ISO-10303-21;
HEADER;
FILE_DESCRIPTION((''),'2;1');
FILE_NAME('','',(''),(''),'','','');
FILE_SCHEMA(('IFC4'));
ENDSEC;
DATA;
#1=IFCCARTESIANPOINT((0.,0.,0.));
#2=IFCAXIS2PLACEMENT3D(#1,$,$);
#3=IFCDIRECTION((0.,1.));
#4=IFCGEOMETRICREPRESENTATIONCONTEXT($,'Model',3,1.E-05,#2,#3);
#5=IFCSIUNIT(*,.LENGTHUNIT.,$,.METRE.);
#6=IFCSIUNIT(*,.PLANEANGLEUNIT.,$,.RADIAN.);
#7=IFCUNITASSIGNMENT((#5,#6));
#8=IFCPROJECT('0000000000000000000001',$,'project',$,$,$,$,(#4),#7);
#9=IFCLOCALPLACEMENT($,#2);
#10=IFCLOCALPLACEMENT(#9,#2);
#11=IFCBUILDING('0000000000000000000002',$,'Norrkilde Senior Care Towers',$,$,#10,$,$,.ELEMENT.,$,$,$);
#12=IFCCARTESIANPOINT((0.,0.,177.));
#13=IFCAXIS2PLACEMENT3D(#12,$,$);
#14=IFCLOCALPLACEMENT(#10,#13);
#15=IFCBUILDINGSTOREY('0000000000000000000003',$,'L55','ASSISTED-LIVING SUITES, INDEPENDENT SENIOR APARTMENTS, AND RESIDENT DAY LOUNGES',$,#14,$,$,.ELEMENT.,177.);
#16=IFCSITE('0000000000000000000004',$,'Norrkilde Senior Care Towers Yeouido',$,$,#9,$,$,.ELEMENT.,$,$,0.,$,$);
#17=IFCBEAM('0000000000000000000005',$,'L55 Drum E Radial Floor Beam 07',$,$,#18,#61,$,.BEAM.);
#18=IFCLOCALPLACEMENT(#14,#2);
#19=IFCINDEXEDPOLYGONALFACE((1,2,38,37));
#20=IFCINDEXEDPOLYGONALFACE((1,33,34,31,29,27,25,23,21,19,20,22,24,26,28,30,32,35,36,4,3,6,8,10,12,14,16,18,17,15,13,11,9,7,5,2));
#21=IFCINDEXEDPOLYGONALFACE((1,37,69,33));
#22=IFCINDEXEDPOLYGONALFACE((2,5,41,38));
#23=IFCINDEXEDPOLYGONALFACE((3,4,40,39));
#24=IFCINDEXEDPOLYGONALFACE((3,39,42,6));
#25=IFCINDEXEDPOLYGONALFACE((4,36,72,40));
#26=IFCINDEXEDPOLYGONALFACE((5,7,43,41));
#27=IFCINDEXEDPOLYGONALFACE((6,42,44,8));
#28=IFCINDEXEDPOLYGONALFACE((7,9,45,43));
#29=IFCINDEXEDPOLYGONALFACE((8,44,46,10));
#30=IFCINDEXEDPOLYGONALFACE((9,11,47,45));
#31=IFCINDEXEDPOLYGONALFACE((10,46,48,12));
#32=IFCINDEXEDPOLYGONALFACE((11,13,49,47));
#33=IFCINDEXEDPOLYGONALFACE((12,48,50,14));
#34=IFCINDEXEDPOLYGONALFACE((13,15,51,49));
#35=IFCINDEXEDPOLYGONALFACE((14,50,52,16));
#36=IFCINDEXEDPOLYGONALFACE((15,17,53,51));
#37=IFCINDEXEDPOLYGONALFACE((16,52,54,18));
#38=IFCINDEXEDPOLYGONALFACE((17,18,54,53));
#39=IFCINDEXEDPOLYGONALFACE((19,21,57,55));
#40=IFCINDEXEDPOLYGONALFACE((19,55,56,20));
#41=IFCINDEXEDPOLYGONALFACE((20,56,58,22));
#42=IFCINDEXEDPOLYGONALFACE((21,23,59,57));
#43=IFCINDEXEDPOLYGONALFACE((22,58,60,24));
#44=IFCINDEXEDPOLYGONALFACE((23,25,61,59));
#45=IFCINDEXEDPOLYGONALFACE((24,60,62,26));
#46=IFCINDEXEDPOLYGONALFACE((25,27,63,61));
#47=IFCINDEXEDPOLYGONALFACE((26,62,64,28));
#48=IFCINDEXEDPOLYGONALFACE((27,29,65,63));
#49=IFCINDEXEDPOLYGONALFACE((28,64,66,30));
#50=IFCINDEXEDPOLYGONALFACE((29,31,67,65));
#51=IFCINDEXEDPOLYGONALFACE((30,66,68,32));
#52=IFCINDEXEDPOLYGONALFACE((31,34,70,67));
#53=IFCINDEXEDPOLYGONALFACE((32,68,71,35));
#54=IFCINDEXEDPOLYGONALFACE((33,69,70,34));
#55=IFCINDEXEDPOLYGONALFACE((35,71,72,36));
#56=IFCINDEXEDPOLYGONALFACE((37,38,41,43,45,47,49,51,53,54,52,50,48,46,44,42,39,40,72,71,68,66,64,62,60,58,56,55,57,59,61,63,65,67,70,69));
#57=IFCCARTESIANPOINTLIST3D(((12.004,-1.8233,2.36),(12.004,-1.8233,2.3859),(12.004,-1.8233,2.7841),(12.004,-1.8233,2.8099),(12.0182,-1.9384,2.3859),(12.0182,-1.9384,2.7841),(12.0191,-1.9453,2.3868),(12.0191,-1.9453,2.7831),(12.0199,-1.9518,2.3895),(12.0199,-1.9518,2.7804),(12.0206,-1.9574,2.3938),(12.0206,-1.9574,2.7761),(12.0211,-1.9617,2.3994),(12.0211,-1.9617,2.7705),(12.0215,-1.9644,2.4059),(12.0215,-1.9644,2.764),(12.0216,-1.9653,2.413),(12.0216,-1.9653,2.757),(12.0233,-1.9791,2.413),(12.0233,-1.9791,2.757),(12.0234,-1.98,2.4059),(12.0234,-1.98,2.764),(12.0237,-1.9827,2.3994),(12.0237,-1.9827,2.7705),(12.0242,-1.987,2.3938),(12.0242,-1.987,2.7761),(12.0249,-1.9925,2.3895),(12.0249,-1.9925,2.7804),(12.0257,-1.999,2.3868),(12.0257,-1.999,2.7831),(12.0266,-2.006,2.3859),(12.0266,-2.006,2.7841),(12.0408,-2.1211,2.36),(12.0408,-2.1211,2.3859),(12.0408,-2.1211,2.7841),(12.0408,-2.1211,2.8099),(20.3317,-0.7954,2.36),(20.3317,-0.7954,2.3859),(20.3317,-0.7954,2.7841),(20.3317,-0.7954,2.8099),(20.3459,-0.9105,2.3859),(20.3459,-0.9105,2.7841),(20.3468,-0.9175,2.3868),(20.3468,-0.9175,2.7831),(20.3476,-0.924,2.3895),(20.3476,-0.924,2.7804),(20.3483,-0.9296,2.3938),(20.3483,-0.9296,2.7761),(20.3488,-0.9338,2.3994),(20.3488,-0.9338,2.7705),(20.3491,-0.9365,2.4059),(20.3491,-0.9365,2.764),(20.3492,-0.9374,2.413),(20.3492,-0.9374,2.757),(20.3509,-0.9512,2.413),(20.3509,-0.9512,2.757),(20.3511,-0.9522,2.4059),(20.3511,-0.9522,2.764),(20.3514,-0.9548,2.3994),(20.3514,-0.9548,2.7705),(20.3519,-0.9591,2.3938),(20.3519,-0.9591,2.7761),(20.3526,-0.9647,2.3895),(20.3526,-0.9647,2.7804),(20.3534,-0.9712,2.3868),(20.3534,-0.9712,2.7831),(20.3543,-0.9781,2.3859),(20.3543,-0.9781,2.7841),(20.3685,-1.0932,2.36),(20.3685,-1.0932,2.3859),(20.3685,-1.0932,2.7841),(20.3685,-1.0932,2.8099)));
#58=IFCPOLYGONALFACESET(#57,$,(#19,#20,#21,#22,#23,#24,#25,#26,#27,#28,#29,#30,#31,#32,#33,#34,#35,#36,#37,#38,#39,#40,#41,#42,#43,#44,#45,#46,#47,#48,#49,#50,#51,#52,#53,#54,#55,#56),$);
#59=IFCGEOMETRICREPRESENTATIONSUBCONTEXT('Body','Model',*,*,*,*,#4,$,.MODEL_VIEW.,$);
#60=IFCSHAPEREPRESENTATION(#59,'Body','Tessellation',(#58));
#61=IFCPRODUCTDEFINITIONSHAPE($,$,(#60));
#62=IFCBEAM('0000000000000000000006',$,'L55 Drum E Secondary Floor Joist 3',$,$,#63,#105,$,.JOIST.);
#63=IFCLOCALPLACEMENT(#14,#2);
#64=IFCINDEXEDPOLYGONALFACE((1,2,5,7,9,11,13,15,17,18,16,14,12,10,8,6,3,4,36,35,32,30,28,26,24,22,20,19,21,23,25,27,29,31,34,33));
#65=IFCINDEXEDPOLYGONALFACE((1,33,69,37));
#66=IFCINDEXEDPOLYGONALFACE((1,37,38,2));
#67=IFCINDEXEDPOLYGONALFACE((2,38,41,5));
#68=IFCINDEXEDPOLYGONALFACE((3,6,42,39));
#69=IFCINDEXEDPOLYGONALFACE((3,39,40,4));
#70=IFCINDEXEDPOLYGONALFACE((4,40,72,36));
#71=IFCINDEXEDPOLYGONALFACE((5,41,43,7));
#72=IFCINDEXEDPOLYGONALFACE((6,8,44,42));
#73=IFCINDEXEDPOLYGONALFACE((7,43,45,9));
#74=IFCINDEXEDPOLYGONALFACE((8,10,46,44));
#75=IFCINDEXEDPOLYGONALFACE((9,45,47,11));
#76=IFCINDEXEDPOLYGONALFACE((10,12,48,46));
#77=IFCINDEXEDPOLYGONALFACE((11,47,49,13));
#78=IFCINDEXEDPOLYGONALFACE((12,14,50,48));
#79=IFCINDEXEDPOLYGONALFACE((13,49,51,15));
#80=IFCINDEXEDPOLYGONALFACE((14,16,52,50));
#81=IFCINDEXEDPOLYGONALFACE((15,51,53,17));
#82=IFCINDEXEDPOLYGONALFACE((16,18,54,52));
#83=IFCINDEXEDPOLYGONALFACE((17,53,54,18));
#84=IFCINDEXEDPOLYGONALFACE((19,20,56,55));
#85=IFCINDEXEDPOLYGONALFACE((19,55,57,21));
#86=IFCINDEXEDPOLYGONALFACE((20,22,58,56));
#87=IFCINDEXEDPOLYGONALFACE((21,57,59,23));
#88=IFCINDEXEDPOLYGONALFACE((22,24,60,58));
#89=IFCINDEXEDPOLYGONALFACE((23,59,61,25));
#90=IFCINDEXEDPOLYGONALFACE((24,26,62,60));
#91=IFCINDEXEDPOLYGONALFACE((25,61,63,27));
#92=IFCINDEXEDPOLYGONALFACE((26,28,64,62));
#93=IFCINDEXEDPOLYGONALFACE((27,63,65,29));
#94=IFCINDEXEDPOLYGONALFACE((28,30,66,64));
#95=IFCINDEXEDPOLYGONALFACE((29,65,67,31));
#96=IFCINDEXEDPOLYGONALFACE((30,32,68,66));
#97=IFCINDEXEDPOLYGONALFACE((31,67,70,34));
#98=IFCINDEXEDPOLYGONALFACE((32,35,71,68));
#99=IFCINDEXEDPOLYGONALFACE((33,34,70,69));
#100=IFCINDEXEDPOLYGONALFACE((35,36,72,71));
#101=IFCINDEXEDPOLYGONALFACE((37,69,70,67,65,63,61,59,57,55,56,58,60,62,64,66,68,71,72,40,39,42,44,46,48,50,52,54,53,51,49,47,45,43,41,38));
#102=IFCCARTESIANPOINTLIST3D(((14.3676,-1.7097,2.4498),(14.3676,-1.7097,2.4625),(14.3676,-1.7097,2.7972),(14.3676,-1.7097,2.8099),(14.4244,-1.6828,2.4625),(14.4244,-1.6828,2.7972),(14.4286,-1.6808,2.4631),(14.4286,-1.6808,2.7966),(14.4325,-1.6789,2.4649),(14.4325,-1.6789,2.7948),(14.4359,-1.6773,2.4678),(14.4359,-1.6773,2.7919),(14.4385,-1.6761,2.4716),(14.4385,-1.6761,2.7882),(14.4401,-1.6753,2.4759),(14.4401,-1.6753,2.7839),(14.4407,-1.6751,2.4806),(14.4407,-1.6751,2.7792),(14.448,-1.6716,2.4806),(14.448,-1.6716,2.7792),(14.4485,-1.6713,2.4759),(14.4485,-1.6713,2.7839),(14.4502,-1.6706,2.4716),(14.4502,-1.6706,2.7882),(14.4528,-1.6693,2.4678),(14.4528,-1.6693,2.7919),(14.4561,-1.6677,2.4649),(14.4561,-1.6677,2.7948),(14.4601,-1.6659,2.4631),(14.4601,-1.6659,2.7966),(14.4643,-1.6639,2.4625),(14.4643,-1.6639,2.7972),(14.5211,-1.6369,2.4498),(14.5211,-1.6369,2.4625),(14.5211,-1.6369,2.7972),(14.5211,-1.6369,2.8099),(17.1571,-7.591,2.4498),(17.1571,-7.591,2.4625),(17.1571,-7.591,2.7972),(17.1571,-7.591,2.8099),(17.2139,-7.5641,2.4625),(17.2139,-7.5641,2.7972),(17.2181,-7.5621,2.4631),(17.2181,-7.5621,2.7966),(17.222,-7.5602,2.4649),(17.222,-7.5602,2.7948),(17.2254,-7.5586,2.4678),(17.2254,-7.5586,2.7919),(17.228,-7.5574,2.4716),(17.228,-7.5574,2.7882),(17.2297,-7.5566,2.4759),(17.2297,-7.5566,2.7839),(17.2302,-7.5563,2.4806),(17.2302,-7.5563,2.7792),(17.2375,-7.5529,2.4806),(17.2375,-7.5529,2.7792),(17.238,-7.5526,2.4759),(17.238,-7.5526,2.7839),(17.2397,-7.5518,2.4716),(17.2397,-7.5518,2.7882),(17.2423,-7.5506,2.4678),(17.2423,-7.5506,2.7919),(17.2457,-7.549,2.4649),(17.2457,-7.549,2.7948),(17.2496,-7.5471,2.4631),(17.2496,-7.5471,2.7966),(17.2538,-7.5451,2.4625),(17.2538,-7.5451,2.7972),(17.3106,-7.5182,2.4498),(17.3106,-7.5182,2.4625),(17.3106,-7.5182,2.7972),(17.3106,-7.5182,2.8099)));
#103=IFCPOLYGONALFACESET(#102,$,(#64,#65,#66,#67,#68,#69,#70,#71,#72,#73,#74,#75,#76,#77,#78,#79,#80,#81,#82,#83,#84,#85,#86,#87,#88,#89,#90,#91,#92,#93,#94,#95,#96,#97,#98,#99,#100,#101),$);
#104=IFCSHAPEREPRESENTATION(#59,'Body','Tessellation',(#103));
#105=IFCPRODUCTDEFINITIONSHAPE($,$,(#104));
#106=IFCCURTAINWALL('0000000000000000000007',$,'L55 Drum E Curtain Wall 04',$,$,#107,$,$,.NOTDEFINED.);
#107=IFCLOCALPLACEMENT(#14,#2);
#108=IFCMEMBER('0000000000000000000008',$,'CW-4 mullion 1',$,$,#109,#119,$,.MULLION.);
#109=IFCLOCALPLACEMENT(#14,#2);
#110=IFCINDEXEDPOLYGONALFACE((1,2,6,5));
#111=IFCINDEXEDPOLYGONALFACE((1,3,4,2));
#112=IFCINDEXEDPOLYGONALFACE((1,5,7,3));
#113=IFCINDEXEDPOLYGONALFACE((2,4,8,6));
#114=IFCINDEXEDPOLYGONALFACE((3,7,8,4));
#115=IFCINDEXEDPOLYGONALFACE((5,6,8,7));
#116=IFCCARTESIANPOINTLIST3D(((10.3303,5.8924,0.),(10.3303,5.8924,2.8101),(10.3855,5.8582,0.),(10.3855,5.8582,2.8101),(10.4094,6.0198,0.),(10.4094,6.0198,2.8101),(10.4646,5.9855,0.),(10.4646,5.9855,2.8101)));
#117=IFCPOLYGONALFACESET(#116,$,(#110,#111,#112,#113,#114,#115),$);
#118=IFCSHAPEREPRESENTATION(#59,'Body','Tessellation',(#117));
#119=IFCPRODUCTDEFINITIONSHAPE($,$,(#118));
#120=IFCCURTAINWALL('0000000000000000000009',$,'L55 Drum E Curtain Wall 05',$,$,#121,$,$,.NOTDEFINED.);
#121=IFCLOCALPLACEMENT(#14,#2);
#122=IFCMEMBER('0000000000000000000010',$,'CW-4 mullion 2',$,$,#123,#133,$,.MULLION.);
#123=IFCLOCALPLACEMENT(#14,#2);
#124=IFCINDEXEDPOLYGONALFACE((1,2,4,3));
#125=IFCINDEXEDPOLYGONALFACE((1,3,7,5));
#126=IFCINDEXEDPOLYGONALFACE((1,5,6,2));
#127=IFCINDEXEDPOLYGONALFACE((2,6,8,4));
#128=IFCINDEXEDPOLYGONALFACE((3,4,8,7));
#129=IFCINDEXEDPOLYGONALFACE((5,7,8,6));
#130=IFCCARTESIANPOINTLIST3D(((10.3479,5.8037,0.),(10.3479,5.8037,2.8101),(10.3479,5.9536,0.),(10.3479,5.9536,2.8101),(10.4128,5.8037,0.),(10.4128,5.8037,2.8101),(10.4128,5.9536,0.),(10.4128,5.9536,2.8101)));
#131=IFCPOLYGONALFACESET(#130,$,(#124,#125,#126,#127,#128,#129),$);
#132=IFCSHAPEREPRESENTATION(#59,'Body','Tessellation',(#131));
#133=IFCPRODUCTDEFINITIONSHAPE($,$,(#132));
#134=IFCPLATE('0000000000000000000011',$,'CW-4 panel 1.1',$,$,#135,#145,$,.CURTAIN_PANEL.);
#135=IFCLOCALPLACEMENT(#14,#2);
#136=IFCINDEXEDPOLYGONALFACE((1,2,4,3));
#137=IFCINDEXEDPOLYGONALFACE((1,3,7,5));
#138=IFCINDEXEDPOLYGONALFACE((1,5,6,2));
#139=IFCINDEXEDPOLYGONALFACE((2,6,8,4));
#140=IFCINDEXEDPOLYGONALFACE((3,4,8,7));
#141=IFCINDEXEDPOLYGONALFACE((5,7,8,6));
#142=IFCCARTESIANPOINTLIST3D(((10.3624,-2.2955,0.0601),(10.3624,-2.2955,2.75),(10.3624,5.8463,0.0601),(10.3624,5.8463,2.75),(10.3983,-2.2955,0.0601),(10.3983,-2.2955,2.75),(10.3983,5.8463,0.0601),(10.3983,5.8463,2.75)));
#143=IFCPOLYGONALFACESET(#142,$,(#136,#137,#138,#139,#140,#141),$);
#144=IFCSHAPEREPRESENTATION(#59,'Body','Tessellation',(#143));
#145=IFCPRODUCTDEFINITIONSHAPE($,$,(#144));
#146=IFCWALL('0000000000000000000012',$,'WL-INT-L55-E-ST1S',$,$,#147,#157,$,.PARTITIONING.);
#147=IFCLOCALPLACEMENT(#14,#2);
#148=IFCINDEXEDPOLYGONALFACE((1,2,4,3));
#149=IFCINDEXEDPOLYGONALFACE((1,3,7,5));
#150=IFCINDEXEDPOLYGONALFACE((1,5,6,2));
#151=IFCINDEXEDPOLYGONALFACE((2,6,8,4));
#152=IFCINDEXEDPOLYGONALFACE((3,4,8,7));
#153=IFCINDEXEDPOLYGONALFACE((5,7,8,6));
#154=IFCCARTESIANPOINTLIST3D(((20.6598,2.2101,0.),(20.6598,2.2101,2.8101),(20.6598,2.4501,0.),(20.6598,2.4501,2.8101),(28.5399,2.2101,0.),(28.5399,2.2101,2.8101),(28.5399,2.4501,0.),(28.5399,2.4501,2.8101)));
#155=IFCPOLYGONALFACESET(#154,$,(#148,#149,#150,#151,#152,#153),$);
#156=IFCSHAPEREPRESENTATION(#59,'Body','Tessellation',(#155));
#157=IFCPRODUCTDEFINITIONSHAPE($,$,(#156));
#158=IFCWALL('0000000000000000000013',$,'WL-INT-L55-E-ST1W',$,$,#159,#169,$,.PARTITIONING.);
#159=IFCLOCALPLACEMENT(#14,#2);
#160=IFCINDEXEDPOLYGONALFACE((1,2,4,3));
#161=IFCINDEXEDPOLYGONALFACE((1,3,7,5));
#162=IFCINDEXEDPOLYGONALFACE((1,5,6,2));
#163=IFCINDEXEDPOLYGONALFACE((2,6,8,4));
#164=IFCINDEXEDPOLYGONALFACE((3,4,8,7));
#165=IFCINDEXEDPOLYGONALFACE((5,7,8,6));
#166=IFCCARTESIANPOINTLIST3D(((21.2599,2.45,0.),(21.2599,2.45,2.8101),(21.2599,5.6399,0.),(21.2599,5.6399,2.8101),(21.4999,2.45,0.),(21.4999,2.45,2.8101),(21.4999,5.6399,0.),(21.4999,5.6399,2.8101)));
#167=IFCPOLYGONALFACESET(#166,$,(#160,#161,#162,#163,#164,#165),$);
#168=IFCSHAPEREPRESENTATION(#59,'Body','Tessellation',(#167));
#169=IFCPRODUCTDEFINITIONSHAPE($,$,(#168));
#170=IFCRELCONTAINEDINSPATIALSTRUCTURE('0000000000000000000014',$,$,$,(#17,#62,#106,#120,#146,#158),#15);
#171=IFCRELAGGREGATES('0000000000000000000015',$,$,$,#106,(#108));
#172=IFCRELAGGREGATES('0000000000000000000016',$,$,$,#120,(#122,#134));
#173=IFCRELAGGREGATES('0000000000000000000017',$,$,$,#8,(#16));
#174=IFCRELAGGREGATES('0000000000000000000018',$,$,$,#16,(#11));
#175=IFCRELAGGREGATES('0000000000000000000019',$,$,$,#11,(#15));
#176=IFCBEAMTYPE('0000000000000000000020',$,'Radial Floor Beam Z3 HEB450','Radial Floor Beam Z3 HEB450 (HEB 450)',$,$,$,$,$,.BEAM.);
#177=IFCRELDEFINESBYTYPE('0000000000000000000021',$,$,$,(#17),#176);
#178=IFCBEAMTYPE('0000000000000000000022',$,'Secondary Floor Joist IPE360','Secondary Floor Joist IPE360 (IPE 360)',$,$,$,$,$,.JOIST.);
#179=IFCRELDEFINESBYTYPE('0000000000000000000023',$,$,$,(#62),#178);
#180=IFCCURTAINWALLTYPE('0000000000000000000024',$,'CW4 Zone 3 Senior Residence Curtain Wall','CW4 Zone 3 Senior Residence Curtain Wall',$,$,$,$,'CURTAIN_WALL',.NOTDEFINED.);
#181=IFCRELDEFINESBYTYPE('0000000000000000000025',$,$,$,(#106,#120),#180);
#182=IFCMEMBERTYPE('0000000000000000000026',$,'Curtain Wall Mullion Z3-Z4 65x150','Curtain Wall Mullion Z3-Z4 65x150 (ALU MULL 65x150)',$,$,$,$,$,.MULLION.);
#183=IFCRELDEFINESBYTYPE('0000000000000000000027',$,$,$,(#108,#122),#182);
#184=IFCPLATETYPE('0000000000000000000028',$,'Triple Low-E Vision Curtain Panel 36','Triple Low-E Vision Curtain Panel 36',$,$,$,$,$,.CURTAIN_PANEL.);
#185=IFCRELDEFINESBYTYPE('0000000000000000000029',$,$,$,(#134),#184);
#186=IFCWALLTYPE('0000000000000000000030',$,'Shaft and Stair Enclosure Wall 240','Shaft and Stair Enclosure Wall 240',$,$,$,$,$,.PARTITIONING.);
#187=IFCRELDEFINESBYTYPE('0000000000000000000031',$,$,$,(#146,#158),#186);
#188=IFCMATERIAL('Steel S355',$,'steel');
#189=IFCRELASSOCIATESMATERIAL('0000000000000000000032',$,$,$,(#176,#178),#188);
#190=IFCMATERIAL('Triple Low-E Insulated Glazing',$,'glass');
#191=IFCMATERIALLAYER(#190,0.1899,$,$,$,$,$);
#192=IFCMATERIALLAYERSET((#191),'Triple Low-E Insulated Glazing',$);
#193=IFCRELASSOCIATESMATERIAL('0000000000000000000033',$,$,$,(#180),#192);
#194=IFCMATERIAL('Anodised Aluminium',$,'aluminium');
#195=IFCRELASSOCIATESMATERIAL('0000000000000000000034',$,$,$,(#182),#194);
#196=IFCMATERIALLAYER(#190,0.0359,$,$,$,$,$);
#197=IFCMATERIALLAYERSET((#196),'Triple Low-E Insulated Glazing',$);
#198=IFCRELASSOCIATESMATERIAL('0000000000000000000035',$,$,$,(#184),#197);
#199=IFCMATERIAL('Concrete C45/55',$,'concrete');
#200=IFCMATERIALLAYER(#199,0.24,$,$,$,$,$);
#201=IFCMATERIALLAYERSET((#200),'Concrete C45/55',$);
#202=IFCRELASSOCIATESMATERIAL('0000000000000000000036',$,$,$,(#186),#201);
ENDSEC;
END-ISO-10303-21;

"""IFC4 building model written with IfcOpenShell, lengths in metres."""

from ifc_helpers import new_model, si_unit, direction, frame, frame_2d, origin, origin_2d, place, context, subcontext, project, spatial, rectangle, i_section, extrude, source, transform, mapped, material, layer, layer_set, material_profile, profile_set, type_object, type_shapes, element, aggregate, save


model = new_model("IFC4")

# Units and contexts
model_context = context("Model", 3, precision=1e-05, world=origin(), true_north=direction((0.0, 1.0)))
body_context = subcontext(model_context, "Body", "Model", "MODEL_VIEW")
ifc_project = project(units=[si_unit("LENGTHUNIT", "METRE"), si_unit("PLANEANGLEUNIT", "RADIAN")], contexts=[model_context])

# Site, building, storey
site_placement = place(None, origin())
site = spatial("IfcSite", under=ifc_project, at=site_placement, Name="Norrkilde Senior Care Towers Yeouido", CompositionType="ELEMENT", RefElevation=0.0)
building_placement = place(site_placement, origin())
building = spatial("IfcBuilding", under=site, at=building_placement, Name="Norrkilde Senior Care Towers", CompositionType="ELEMENT")
storey_placement = place(building_placement, frame((0.0, 0.0, 177.0)))
storey = spatial("IfcBuildingStorey", under=building, at=storey_placement, Name="L55", Description="ASSISTED-LIVING SUITES, INDEPENDENT SENIOR APARTMENTS, AND RESIDENT DAY LOUNGES", CompositionType="ELEMENT", Elevation=177.0)

# Beams
ifc_material_1 = material(Name="Steel S355", Category="steel")
ifc_material_profile_1 = material_profile(ifc_material_1, i_section(OverallWidth=0.3, OverallDepth=0.45, WebThickness=0.0139, FlangeThickness=0.0259, FilletRadius=0.0271, at=origin_2d()), Name="HEB 450")
ifc_profile_set_1 = profile_set([ifc_material_profile_1], Name="Steel S355")
beam_type_1 = type_object("IfcBeamType", Name="Radial Floor Beam Z3 HEB450", Description="Radial Floor Beam Z3 HEB450 (HEB 450)", PredefinedType="BEAM", material=ifc_profile_set_1)
shared_shape_1 = source(origin(), body_context, "Body", "SweptSolid", [
    extrude(i_section(OverallWidth=0.3, OverallDepth=0.45, WebThickness=0.0139, FlangeThickness=0.0259, FilletRadius=0.0271, at=origin_2d()), origin(), (0.0, 0.0, 1.0), 8.3909),
])
beam_1_placement = place(storey_placement, frame((20.3501, -0.9443, 2.585), z_axis=(-0.992469, -0.122495, 0.0), x_axis=(0.122495, -0.992469, 0.0)))
element("IfcBeam", 1, at=beam_1_placement, inside=storey, type_object=beam_type_1, Name="L55 Drum E Radial Floor Beam 07", PredefinedType="BEAM", context=body_context, shape_type="MappedRepresentation", body=[
    mapped(shared_shape_1, transform((0.0, 0.0, 0.0), x_axis=(1.0, 0.0, 0.0), y_axis=(0.0, 1.0, 0.0), z_axis=(0.0, 0.0, 1.0), scale=1.0)),
])
ifc_material_profile_2 = material_profile(ifc_material_1, i_section(OverallWidth=0.1699, OverallDepth=0.3601, WebThickness=0.0081, FlangeThickness=0.0127, FilletRadius=0.0181, at=origin_2d()), Name="IPE 360")
ifc_profile_set_2 = profile_set([ifc_material_profile_2], Name="Steel S355")
beam_type_2 = type_object("IfcBeamType", Name="Secondary Floor Joist IPE360", Description="Secondary Floor Joist IPE360 (IPE 360)", PredefinedType="JOIST", material=ifc_profile_set_2)
shared_shape_2 = source(origin(), body_context, "Body", "SweptSolid", [
    extrude(i_section(OverallWidth=0.1699, OverallDepth=0.3601, WebThickness=0.0081, FlangeThickness=0.0127, FilletRadius=0.0181, at=origin_2d()), origin(), (0.0, 0.0, 1.0), 6.5093),
])
type_shapes(beam_type_2, [shared_shape_2])
beam_2_placement = place(storey_placement, frame((14.4443, -1.6733, 2.6299), z_axis=(0.428544, -0.903521, 0.0), x_axis=(0.903521, 0.428544, 0.0)))
element("IfcBeam", 2, at=beam_2_placement, inside=storey, type_object=beam_type_2, Name="L55 Drum E Secondary Floor Joist 3", PredefinedType="JOIST", context=body_context, shape_type="MappedRepresentation", body=[
    mapped(shared_shape_2, transform((0.0, 0.0, 0.0), x_axis=(1.0, 0.0, 0.0), y_axis=(0.0, 1.0, 0.0), z_axis=(0.0, 0.0, 1.0), scale=1.0)),
])

# Curtain wall, member
ifc_material_2 = material(Name="Triple Low-E Insulated Glazing", Category="glass")
ifc_layer_1 = layer(ifc_material_2, 0.1899)
ifc_layer_set_1 = layer_set([ifc_layer_1], Name="Triple Low-E Insulated Glazing")
curtain_wall_type = type_object("IfcCurtainWallType", Name="CW4 Zone 3 Senior Residence Curtain Wall", Description="CW4 Zone 3 Senior Residence Curtain Wall", ElementType="CURTAIN_WALL", PredefinedType="NOTDEFINED", material=ifc_layer_set_1)
curtain_wall_1_placement = place(storey_placement, origin())
curtain_wall_1 = element("IfcCurtainWall", 3, at=curtain_wall_1_placement, inside=storey, type_object=curtain_wall_type, Name="L55 Drum E Curtain Wall 04", PredefinedType="NOTDEFINED")
ifc_material_3 = material(Name="Anodised Aluminium", Category="aluminium")
ifc_material_profile_3 = material_profile(ifc_material_3, rectangle(XDim=0.0649, YDim=0.1499, at=origin_2d()), Name="ALU MULL 65x150")
ifc_profile_set_3 = profile_set([ifc_material_profile_3], Name="Anodised Aluminium")
member_type = type_object("IfcMemberType", Name="Curtain Wall Mullion Z3-Z4 65x150", Description="Curtain Wall Mullion Z3-Z4 65x150 (ALU MULL 65x150)", PredefinedType="MULLION", material=ifc_profile_set_3)
shared_shape_3 = source(origin(), body_context, "Body", "SweptSolid", [
    extrude(rectangle(XDim=0.0649, YDim=0.1499, at=origin_2d()), origin(), (0.0, 0.0, 1.0), 2.8101),
])
type_shapes(member_type, [shared_shape_3])
member_1_placement = place(storey_placement, frame((10.3975, 5.939, 0.0), z_axis=(0.0, 0.0, 1.0), x_axis=(-0.849634, 0.527373, 0.0)))
member_1 = element("IfcMember", 4, at=member_1_placement, type_object=member_type, Name="CW-4 mullion 1", PredefinedType="MULLION", context=body_context, shape_type="MappedRepresentation", body=[
    mapped(shared_shape_3, transform((0.0, 0.0, 0.0), x_axis=(1.0, 0.0, 0.0), y_axis=(0.0, 1.0, 0.0), z_axis=(0.0, 0.0, 1.0), scale=1.0)),
])
aggregate(curtain_wall_1, [member_1])

# Curtain wall, member, plate
curtain_wall_2_placement = place(storey_placement, origin())
curtain_wall_2 = element("IfcCurtainWall", 5, at=curtain_wall_2_placement, inside=storey, type_object=curtain_wall_type, Name="L55 Drum E Curtain Wall 05", PredefinedType="NOTDEFINED")
member_2_placement = place(storey_placement, frame((10.3804, 5.8787, 0.0), z_axis=(0.0, 0.0, 1.0), x_axis=(-1.0, 0.0, 0.0)))
member_2 = element("IfcMember", 6, at=member_2_placement, type_object=member_type, Name="CW-4 mullion 2", PredefinedType="MULLION", context=body_context, shape_type="MappedRepresentation", body=[
    mapped(shared_shape_3, transform((0.0, 0.0, 0.0), x_axis=(1.0, 0.0, 0.0), y_axis=(0.0, 1.0, 0.0), z_axis=(0.0, 0.0, 1.0), scale=1.0)),
])
ifc_layer_2 = layer(ifc_material_2, 0.0359)
ifc_layer_set_2 = layer_set([ifc_layer_2], Name="Triple Low-E Insulated Glazing")
plate_type = type_object("IfcPlateType", Name="Triple Low-E Vision Curtain Panel 36", Description="Triple Low-E Vision Curtain Panel 36", PredefinedType="CURTAIN_PANEL", material=ifc_layer_set_2)
shared_shape_4 = source(origin(), body_context, "Body", "SweptSolid", [
    extrude(rectangle(XDim=8.1418, YDim=0.0359, at=origin_2d()), origin(), (0.0, 0.0, 1.0), 2.6899),
])
type_shapes(plate_type, [shared_shape_4])
plate_placement = place(storey_placement, frame((10.3804, 1.7754, 0.0601), z_axis=(0.0, 0.0, 1.0), x_axis=(0.0, 1.0, 0.0)))
plate = element("IfcPlate", 7, at=plate_placement, type_object=plate_type, Name="CW-4 panel 1.1", PredefinedType="CURTAIN_PANEL", context=body_context, shape_type="MappedRepresentation", body=[
    mapped(shared_shape_4, transform((0.0, 0.0, 0.0), x_axis=(1.0, 0.0, 0.0), y_axis=(0.0, 1.0, 0.0), z_axis=(0.0, 0.0, 1.0), scale=1.0)),
])
aggregate(curtain_wall_2, [member_2, plate])

# Walls
ifc_material_4 = material(Name="Concrete C45/55", Category="concrete")
ifc_layer_3 = layer(ifc_material_4, 0.24)
ifc_layer_set_3 = layer_set([ifc_layer_3], Name="Concrete C45/55")
wall_type_1 = type_object("IfcWallType", Name="Shaft and Stair Enclosure Wall 240", Description="Shaft and Stair Enclosure Wall 240", PredefinedType="PARTITIONING", material=ifc_layer_set_3)
shared_shape_5 = source(origin(), body_context, "Body", "SweptSolid", [
    extrude(rectangle(XDim=7.8801, YDim=0.24, at=frame_2d((3.9399, 0.0))), origin(), (0.0, 0.0, 1.0), 2.8101),
])
wall_1_placement = place(storey_placement, frame((20.6599, 2.3301, 0.0), z_axis=(0.0, 0.0, 1.0), x_axis=(1.0, 0.0, 0.0)))
element("IfcWall", 8, at=wall_1_placement, inside=storey, type_object=wall_type_1, Name="WL-INT-L55-E-ST1S", PredefinedType="PARTITIONING", context=body_context, shape_type="MappedRepresentation", body=[
    mapped(shared_shape_5, transform((0.0, 0.0, 0.0), x_axis=(1.0, 0.0, 0.0), y_axis=(0.0, 1.0, 0.0), z_axis=(0.0, 0.0, 1.0), scale=1.0)),
])
shared_shape_6 = source(origin(), body_context, "Body", "SweptSolid", [
    extrude(rectangle(XDim=3.1899, YDim=0.24, at=frame_2d((1.595, 0.0))), origin(), (0.0, 0.0, 1.0), 2.8101),
])
type_shapes(wall_type_1, [shared_shape_5, shared_shape_6])
wall_2_placement = place(storey_placement, frame((21.3799, 2.45, 0.0), z_axis=(0.0, 0.0, 1.0), x_axis=(0.0, 1.0, 0.0)))
element("IfcWall", 9, at=wall_2_placement, inside=storey, type_object=wall_type_1, Name="WL-INT-L55-E-ST1W", PredefinedType="PARTITIONING", context=body_context, shape_type="MappedRepresentation", body=[
    mapped(shared_shape_6, transform((0.0, 0.0, 0.0), x_axis=(1.0, 0.0, 0.0), y_axis=(0.0, 1.0, 0.0), z_axis=(0.0, 0.0, 1.0), scale=1.0)),
])

save(model, "model.ifc")
